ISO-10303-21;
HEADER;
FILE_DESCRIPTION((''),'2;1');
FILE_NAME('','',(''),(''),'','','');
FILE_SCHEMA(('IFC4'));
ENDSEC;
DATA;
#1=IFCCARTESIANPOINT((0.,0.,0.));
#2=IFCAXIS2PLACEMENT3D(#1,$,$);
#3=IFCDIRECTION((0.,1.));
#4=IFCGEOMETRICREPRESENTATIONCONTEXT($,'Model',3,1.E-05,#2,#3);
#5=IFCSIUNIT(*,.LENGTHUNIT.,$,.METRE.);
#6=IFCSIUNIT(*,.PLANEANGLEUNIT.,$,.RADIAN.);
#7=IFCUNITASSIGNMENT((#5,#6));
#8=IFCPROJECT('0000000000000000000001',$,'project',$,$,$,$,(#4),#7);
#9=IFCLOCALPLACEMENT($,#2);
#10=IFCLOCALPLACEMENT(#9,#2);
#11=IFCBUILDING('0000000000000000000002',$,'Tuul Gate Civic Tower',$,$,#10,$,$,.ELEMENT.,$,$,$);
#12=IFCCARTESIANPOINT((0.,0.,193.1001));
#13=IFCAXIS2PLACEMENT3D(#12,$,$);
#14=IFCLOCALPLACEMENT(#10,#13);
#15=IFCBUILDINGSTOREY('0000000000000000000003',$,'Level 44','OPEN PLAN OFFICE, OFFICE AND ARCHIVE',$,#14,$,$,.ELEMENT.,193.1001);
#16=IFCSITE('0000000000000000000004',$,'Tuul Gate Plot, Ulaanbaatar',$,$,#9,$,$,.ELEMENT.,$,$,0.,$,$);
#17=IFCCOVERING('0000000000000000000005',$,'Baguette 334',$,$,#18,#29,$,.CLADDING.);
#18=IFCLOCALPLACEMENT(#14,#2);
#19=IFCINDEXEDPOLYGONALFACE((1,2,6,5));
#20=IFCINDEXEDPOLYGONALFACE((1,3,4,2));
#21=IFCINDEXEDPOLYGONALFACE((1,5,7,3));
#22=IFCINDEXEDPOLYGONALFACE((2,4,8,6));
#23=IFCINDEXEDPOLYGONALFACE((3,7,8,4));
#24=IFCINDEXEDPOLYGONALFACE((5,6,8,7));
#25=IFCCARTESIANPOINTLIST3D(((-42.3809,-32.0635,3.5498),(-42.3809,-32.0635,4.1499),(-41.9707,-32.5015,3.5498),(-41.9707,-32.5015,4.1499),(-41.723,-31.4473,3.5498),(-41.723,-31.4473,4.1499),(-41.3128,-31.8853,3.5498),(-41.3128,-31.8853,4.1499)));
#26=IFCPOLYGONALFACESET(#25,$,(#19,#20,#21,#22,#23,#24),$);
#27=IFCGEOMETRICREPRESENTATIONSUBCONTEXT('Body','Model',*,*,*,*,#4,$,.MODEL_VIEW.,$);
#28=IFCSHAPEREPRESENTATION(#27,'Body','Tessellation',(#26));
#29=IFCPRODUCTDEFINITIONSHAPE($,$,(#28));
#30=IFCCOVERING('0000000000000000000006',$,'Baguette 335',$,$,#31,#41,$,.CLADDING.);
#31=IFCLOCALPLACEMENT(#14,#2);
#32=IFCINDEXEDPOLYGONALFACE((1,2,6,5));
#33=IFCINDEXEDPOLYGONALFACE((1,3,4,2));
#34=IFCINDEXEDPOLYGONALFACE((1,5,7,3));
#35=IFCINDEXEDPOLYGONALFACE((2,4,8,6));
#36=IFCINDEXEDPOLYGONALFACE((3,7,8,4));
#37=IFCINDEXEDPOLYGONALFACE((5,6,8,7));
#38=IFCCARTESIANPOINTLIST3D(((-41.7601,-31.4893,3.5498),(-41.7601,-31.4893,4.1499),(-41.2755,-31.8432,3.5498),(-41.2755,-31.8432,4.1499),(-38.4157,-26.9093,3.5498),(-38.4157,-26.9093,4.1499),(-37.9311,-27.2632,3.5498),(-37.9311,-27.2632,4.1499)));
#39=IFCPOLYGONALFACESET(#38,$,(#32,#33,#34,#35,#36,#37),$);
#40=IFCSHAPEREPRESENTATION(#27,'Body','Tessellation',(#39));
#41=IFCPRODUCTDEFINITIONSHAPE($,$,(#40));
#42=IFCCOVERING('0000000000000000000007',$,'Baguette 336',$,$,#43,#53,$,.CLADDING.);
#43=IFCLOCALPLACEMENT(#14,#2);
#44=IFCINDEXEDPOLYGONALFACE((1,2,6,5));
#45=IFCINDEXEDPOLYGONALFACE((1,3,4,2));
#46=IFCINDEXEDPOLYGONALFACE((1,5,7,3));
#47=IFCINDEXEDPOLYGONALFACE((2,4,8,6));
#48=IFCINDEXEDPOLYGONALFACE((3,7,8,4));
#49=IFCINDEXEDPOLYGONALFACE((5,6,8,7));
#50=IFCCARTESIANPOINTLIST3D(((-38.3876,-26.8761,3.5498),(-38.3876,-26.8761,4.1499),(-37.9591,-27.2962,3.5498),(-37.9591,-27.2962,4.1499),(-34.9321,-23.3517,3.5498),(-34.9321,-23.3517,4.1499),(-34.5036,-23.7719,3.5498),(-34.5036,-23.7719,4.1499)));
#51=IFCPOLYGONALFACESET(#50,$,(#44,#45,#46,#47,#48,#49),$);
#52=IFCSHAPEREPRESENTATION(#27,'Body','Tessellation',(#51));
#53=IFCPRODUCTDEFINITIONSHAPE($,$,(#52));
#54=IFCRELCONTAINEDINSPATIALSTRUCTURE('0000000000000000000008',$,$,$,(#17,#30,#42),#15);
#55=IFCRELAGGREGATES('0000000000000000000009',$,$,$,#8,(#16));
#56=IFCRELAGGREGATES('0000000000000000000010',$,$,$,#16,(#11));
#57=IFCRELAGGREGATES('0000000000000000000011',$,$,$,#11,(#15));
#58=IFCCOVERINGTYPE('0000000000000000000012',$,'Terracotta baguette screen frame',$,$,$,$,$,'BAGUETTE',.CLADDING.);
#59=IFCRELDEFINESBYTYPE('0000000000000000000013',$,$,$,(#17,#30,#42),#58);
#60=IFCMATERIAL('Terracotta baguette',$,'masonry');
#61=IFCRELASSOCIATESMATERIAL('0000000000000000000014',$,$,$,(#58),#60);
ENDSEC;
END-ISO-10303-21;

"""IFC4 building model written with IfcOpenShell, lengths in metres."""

from ifc_helpers import new_model, si_unit, direction, frame, origin, origin_2d, place, context, subcontext, project, spatial, rectangle, extrude, material, material_profile, profile_set, type_object, element, save


model = new_model("IFC4")

# Units and contexts
model_context = context("Model", 3, precision=1e-05, world=origin(), true_north=direction((0.0, 1.0)))
body_context = subcontext(model_context, "Body", "Model", "MODEL_VIEW")
ifc_project = project(units=[si_unit("LENGTHUNIT", "METRE"), si_unit("PLANEANGLEUNIT", "RADIAN")], contexts=[model_context])

# Site, building, storey
site_placement = place(None, origin())
site = spatial("IfcSite", under=ifc_project, at=site_placement, Name="Tuul Gate Plot, Ulaanbaatar", CompositionType="ELEMENT", RefElevation=0.0)
building_placement = place(site_placement, origin())
building = spatial("IfcBuilding", under=site, at=building_placement, Name="Tuul Gate Civic Tower", CompositionType="ELEMENT")
storey_placement = place(building_placement, frame((0.0, 0.0, 193.1001)))
storey = spatial("IfcBuildingStorey", under=building, at=storey_placement, Name="Level 44", Description="OPEN PLAN OFFICE, OFFICE AND ARCHIVE", CompositionType="ELEMENT", Elevation=193.1001)

# Coverings
ifc_material_1 = material(Name="Terracotta baguette", Category="masonry")
ifc_material_profile_1 = material_profile(ifc_material_1, rectangle(XDim=0.6001, YDim=0.6001, at=origin_2d()), Name="Terracotta baguette screen frame")
ifc_profile_set_1 = profile_set([ifc_material_profile_1], Name="Terracotta baguette")
covering_type = type_object("IfcCoveringType", Name="Terracotta baguette screen frame", ElementType="BAGUETTE", PredefinedType="CLADDING", material=ifc_profile_set_1)
covering_1_placement = place(storey_placement, frame((-42.1758, -32.2825, 3.8499), z_axis=(0.729883, 0.683572, 0.0), x_axis=(-0.683572, 0.729883, 0.0)))
element("IfcCovering", 1, at=covering_1_placement, inside=storey, type_object=covering_type, Name="Baguette 334", PredefinedType="CLADDING", context=body_context, shape_type="SweptSolid", body=[
    extrude(rectangle(XDim=0.6001, YDim=0.6001, at=origin_2d()), origin(), (0.0, 0.0, 1.0), 0.9014),
])
covering_2_placement = place(storey_placement, frame((-41.5178, -31.6663, 3.8499), z_axis=(0.589729, 0.807601, 0.0), x_axis=(-0.807601, 0.589729, 0.0)))
element("IfcCovering", 2, at=covering_2_placement, inside=storey, type_object=covering_type, Name="Baguette 335", PredefinedType="CLADDING", context=body_context, shape_type="SweptSolid", body=[
    extrude(rectangle(XDim=0.6001, YDim=0.6001, at=origin_2d()), origin(), (0.0, 0.0, 1.0), 5.6711),
])
covering_3_placement = place(storey_placement, frame((-38.1733, -27.0862, 3.8499), z_axis=(0.700098, 0.714047, 0.0), x_axis=(-0.714047, 0.700098, 0.0)))
element("IfcCovering", 3, at=covering_3_placement, inside=storey, type_object=covering_type, Name="Baguette 336", PredefinedType="CLADDING", context=body_context, shape_type="SweptSolid", body=[
    extrude(rectangle(XDim=0.6001, YDim=0.6001, at=origin_2d()), origin(), (0.0, 0.0, 1.0), 4.9358),
])

save(model, "model.ifc")
